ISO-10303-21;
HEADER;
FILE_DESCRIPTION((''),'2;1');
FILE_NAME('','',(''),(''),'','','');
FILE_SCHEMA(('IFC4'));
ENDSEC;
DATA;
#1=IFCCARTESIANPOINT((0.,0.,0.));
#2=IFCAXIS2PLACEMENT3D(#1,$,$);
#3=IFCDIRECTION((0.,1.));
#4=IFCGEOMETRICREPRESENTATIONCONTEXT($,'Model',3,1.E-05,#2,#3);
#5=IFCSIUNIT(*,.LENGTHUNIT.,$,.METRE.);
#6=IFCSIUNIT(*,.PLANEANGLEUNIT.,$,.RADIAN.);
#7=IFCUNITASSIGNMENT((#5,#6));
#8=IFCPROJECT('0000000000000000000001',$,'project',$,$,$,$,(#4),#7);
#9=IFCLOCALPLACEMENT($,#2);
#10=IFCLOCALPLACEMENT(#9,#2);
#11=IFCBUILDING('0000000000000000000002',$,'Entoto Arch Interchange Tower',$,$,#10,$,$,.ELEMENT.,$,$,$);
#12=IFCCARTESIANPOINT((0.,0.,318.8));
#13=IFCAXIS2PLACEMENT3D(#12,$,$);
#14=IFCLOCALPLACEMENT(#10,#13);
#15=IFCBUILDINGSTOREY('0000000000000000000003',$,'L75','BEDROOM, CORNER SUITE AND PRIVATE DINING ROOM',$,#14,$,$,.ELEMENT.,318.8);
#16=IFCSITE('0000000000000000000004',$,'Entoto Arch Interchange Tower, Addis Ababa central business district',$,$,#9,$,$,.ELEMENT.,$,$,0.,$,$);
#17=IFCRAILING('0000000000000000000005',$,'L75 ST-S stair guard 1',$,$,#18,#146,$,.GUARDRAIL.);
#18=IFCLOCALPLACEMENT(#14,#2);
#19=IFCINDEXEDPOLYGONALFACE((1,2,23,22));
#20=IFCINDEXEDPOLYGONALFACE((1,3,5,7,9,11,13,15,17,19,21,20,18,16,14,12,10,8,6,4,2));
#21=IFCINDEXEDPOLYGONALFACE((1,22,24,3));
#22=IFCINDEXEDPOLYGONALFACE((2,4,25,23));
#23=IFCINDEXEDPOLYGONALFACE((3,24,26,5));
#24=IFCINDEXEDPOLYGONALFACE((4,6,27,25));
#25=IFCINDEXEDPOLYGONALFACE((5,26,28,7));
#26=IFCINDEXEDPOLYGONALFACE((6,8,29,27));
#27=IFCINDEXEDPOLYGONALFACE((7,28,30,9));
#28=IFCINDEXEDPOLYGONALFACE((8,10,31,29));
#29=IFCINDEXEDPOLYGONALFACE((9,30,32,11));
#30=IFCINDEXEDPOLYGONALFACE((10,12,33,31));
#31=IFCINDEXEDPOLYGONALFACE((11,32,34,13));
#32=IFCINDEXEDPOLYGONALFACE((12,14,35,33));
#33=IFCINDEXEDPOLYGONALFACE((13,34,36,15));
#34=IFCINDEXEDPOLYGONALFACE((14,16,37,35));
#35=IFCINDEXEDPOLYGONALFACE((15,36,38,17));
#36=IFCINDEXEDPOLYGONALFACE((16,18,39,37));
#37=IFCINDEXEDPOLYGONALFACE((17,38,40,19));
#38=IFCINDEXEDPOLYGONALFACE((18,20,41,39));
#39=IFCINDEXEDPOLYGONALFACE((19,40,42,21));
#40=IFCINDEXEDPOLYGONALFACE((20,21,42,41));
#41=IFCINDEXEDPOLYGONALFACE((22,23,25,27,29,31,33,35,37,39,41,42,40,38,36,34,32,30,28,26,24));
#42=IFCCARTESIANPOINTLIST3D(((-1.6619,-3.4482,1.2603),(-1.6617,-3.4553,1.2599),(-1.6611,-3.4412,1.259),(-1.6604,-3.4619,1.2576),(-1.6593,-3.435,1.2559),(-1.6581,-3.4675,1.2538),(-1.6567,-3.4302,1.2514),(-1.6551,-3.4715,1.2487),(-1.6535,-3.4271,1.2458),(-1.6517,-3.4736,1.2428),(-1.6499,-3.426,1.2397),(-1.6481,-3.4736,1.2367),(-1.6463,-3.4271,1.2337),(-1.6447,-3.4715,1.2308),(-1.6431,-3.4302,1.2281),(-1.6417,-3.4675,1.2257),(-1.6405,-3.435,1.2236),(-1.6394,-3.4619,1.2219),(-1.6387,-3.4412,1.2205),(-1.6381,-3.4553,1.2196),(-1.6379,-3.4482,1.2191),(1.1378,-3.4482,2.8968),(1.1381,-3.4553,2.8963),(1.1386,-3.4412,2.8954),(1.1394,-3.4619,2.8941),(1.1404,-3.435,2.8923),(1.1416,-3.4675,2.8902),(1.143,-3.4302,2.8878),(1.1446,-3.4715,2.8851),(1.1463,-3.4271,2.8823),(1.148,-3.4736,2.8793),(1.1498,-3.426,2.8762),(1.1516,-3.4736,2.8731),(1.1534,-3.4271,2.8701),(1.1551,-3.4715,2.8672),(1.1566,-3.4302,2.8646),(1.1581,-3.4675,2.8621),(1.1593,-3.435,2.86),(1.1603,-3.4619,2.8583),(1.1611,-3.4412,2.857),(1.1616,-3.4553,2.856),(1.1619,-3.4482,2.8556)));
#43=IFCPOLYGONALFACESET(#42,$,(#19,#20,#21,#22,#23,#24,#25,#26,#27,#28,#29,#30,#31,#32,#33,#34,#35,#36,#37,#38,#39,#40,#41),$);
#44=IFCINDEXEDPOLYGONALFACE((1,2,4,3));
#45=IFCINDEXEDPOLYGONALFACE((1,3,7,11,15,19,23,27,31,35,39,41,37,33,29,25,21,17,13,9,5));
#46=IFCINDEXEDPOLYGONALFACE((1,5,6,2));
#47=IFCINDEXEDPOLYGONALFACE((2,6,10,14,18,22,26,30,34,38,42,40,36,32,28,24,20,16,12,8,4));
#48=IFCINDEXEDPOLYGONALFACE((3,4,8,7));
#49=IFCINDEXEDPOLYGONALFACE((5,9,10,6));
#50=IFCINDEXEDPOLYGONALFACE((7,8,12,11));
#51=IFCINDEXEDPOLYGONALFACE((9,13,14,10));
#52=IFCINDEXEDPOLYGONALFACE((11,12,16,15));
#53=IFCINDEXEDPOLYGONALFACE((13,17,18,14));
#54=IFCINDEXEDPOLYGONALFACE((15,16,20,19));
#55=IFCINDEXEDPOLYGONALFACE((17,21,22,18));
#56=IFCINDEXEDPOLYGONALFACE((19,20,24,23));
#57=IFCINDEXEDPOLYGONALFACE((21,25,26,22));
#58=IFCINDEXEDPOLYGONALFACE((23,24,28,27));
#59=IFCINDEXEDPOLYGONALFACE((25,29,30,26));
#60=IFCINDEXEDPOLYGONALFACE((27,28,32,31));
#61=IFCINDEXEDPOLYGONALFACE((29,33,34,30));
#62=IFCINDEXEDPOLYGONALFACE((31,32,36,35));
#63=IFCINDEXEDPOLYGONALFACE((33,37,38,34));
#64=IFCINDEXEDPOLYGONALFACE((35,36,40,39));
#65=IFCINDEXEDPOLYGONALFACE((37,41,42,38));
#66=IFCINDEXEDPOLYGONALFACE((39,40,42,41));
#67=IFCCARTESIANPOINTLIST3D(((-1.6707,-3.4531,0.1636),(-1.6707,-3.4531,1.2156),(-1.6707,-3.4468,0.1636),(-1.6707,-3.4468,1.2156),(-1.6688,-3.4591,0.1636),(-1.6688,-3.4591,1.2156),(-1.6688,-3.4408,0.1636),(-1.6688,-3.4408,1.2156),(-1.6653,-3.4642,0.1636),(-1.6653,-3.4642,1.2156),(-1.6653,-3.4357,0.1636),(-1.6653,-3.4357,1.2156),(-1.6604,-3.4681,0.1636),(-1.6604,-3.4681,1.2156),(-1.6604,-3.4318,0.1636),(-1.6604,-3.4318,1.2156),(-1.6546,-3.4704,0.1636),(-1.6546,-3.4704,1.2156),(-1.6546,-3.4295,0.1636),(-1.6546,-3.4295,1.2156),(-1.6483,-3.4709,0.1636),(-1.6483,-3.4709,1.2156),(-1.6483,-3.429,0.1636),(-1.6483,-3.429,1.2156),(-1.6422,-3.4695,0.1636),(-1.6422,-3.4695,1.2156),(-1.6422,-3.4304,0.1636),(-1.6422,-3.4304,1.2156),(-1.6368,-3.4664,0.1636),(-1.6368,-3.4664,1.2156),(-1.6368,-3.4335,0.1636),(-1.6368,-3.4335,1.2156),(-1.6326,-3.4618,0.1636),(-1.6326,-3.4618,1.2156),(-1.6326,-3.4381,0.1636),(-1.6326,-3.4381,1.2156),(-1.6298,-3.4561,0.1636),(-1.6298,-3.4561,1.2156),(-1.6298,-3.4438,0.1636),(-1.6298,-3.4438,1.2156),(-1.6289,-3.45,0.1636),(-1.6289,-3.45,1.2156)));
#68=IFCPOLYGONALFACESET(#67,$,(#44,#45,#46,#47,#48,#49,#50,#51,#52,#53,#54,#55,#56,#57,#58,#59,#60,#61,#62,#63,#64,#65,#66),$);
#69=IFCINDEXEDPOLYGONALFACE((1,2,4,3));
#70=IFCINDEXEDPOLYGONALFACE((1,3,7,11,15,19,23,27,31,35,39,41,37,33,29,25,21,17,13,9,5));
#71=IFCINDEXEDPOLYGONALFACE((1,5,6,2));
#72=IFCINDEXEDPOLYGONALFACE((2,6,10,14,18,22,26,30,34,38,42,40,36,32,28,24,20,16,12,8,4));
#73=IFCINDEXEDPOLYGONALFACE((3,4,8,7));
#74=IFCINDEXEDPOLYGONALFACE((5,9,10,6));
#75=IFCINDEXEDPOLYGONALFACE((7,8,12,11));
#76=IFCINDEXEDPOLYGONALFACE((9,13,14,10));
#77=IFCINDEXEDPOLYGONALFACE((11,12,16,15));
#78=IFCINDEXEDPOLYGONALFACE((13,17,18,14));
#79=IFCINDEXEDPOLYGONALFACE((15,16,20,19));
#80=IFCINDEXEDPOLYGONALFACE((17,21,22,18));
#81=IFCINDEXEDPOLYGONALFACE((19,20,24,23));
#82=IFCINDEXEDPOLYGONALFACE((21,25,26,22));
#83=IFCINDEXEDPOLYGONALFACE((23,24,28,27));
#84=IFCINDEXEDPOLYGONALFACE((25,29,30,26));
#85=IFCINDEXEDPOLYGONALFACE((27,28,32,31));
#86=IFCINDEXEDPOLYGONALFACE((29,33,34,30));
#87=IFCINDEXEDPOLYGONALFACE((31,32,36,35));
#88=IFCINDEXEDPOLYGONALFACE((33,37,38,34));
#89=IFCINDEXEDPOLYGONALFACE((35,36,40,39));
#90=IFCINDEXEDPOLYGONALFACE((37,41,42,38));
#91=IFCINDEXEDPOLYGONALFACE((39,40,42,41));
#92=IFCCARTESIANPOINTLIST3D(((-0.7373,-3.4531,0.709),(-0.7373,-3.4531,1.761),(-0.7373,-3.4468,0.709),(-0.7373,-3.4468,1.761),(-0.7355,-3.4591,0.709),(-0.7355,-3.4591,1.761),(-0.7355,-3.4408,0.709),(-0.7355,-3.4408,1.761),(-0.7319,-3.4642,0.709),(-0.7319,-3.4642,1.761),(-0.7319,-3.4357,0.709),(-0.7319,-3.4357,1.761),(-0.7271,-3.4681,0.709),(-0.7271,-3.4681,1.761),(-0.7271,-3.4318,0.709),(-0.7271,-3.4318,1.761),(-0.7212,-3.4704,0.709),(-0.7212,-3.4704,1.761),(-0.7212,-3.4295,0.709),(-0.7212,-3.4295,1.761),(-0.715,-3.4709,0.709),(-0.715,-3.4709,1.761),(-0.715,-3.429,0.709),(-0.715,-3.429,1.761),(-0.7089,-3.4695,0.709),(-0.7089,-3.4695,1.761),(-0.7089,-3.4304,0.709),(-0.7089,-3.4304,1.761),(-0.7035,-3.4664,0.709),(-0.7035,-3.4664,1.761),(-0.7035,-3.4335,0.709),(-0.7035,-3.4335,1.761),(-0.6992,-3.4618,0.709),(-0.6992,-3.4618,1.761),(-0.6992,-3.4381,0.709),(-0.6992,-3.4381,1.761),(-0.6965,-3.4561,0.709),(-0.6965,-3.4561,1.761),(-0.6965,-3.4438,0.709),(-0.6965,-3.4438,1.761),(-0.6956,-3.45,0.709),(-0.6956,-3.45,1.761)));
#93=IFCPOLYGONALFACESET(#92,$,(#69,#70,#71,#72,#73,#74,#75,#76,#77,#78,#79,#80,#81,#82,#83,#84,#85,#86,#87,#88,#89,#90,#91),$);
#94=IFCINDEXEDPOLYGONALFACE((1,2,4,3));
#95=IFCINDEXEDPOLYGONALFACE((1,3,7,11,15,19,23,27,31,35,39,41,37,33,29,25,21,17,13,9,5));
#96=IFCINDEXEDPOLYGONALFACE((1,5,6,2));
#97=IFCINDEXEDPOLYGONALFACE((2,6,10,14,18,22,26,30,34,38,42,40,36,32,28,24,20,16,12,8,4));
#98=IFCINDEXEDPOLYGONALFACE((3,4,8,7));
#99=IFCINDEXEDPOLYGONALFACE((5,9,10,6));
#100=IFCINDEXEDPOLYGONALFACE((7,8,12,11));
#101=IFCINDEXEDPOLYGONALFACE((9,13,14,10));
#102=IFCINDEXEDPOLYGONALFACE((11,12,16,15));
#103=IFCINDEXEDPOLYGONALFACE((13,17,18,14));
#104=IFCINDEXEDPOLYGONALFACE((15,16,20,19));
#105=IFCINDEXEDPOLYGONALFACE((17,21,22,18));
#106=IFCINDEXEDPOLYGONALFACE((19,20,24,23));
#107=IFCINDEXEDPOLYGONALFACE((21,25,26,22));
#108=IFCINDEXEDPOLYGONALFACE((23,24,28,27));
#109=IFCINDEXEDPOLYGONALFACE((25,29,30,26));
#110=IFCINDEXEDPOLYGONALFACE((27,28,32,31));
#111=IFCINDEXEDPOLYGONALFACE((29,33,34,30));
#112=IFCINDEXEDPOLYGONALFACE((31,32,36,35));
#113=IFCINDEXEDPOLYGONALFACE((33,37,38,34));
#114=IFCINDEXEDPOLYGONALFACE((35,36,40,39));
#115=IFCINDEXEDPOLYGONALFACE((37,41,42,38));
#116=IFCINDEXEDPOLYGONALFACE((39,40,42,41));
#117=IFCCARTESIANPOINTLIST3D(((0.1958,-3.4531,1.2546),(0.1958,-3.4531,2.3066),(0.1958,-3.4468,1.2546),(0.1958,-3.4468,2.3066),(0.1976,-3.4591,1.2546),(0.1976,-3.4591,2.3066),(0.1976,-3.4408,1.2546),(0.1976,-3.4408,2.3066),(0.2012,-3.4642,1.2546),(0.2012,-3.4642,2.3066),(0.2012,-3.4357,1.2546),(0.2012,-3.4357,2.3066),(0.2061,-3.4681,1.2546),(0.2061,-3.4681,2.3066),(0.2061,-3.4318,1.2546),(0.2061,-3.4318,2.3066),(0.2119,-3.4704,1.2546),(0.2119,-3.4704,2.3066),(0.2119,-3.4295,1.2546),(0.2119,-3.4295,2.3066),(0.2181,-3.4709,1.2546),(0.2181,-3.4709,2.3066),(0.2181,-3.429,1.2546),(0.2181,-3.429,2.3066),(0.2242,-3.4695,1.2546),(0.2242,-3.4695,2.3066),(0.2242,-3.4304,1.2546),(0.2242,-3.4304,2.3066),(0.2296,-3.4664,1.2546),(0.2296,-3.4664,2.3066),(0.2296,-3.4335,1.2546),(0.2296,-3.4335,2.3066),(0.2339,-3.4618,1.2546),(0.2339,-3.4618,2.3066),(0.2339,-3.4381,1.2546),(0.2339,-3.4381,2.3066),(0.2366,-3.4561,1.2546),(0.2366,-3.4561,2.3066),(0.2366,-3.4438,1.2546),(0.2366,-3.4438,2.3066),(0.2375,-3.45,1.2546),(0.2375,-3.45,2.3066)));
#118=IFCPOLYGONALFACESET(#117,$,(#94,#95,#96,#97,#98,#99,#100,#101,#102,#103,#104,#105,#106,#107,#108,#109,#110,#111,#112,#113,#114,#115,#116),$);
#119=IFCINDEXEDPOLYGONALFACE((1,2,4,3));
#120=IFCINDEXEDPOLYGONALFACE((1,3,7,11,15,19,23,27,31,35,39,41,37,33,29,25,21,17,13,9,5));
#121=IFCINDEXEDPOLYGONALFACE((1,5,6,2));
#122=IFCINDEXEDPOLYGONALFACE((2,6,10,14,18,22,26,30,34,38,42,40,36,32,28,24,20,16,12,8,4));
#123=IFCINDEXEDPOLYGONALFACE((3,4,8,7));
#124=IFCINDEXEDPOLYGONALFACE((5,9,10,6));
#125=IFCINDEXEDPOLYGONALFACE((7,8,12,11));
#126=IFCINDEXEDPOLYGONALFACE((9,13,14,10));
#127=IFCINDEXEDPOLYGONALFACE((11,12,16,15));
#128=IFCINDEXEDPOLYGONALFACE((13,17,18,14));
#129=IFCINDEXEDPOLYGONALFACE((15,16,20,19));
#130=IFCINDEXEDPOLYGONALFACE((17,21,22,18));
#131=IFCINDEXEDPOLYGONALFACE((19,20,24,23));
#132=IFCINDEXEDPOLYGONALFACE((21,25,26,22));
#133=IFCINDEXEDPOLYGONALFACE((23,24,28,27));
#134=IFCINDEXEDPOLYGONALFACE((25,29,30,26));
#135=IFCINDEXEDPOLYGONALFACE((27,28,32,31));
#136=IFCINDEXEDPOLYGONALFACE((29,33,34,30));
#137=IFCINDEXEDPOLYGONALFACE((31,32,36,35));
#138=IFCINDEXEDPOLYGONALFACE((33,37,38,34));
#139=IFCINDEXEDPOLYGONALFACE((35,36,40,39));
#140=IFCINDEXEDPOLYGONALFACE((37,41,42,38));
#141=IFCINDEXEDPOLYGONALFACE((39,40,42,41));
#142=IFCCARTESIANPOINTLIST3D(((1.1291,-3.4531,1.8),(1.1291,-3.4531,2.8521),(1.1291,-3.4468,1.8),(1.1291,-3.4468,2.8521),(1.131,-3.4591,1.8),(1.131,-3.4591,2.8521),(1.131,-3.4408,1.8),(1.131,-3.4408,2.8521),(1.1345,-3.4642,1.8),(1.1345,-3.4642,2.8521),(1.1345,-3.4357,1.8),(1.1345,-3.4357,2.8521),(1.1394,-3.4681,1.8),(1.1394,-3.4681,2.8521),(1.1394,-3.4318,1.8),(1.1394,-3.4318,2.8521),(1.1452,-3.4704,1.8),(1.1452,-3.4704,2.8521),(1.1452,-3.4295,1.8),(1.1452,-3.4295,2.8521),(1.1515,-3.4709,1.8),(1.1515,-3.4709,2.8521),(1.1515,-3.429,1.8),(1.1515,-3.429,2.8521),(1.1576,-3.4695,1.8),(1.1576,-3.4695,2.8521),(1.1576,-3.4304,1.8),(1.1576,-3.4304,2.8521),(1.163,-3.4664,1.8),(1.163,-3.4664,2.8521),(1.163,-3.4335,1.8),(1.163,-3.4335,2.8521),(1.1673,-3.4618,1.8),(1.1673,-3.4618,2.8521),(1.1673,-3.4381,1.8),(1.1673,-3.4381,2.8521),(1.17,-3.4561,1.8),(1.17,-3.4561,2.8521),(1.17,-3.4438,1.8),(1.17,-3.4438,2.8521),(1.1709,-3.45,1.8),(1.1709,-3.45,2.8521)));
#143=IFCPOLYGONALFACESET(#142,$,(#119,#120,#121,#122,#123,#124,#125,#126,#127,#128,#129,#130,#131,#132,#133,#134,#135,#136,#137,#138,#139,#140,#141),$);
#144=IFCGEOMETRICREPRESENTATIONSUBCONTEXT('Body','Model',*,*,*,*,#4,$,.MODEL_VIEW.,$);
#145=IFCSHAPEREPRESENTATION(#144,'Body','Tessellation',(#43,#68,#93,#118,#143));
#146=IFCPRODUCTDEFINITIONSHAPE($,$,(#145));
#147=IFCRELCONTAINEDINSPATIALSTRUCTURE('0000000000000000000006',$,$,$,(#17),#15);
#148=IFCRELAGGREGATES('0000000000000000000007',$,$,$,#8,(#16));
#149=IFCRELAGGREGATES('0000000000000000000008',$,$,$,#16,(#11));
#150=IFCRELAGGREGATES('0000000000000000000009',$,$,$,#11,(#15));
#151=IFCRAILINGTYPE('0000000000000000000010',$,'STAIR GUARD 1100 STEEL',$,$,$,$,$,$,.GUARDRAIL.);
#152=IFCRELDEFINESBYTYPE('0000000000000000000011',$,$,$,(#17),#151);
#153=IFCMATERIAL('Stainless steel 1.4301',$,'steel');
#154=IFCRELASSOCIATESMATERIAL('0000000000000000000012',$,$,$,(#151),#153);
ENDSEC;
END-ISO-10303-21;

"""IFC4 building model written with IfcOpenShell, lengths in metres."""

from ifc_helpers import new_model, si_unit, direction, frame, origin, origin_2d, place, context, subcontext, project, spatial, circle, extrude, material, type_object, element, save


model = new_model("IFC4")

# Units and contexts
model_context = context("Model", 3, precision=1e-05, world=origin(), true_north=direction((0.0, 1.0)))
body_context = subcontext(model_context, "Body", "Model", "MODEL_VIEW")
ifc_project = project(units=[si_unit("LENGTHUNIT", "METRE"), si_unit("PLANEANGLEUNIT", "RADIAN")], contexts=[model_context])

# Site, building, storey
site_placement = place(None, origin())
site = spatial("IfcSite", under=ifc_project, at=site_placement, Name="Entoto Arch Interchange Tower, Addis Ababa central business district", CompositionType="ELEMENT", RefElevation=0.0)
building_placement = place(site_placement, origin())
building = spatial("IfcBuilding", under=site, at=building_placement, Name="Entoto Arch Interchange Tower", CompositionType="ELEMENT")
storey_placement = place(building_placement, frame((0.0, 0.0, 318.8)))
storey = spatial("IfcBuildingStorey", under=building, at=storey_placement, Name="L75", Description="BEDROOM, CORNER SUITE AND PRIVATE DINING ROOM", CompositionType="ELEMENT", Elevation=318.8)

# Railing
ifc_material_1 = material(Name="Stainless steel 1.4301", Category="steel")
railing_type = type_object("IfcRailingType", Name="STAIR GUARD 1100 STEEL", PredefinedType="GUARDRAIL", material=ifc_material_1)
railing_1_placement = place(storey_placement, frame((-1.6499, -3.45, 0.1636)))
element("IfcRailing", 1, at=railing_1_placement, inside=storey, type_object=railing_type, Name="L75 ST-S stair guard 1", PredefinedType="GUARDRAIL", context=body_context, shape_type="SweptSolid", body=[
    extrude(circle(Radius=0.0239, at=origin_2d()), frame((0.0, 0.0, 1.0762), z_axis=(0.863342, 0.0, 0.50462), x_axis=(0.0, 1.0, 0.0)), (0.0, 0.0, 1.0), 3.2429),
    extrude(circle(Radius=0.021, at=origin_2d()), origin(), (0.0, 0.0, 1.0), 1.052),
    extrude(circle(Radius=0.021, at=origin_2d()), frame((0.9333, 0.0, 0.5454)), (0.0, 0.0, 1.0), 1.052),
    extrude(circle(Radius=0.021, at=origin_2d()), frame((1.8665, 0.0, 1.0911)), (0.0, 0.0, 1.0), 1.052),
    extrude(circle(Radius=0.021, at=origin_2d()), frame((2.7998, 0.0, 1.6365)), (0.0, 0.0, 1.0), 1.052),
])

save(model, "model.ifc")
